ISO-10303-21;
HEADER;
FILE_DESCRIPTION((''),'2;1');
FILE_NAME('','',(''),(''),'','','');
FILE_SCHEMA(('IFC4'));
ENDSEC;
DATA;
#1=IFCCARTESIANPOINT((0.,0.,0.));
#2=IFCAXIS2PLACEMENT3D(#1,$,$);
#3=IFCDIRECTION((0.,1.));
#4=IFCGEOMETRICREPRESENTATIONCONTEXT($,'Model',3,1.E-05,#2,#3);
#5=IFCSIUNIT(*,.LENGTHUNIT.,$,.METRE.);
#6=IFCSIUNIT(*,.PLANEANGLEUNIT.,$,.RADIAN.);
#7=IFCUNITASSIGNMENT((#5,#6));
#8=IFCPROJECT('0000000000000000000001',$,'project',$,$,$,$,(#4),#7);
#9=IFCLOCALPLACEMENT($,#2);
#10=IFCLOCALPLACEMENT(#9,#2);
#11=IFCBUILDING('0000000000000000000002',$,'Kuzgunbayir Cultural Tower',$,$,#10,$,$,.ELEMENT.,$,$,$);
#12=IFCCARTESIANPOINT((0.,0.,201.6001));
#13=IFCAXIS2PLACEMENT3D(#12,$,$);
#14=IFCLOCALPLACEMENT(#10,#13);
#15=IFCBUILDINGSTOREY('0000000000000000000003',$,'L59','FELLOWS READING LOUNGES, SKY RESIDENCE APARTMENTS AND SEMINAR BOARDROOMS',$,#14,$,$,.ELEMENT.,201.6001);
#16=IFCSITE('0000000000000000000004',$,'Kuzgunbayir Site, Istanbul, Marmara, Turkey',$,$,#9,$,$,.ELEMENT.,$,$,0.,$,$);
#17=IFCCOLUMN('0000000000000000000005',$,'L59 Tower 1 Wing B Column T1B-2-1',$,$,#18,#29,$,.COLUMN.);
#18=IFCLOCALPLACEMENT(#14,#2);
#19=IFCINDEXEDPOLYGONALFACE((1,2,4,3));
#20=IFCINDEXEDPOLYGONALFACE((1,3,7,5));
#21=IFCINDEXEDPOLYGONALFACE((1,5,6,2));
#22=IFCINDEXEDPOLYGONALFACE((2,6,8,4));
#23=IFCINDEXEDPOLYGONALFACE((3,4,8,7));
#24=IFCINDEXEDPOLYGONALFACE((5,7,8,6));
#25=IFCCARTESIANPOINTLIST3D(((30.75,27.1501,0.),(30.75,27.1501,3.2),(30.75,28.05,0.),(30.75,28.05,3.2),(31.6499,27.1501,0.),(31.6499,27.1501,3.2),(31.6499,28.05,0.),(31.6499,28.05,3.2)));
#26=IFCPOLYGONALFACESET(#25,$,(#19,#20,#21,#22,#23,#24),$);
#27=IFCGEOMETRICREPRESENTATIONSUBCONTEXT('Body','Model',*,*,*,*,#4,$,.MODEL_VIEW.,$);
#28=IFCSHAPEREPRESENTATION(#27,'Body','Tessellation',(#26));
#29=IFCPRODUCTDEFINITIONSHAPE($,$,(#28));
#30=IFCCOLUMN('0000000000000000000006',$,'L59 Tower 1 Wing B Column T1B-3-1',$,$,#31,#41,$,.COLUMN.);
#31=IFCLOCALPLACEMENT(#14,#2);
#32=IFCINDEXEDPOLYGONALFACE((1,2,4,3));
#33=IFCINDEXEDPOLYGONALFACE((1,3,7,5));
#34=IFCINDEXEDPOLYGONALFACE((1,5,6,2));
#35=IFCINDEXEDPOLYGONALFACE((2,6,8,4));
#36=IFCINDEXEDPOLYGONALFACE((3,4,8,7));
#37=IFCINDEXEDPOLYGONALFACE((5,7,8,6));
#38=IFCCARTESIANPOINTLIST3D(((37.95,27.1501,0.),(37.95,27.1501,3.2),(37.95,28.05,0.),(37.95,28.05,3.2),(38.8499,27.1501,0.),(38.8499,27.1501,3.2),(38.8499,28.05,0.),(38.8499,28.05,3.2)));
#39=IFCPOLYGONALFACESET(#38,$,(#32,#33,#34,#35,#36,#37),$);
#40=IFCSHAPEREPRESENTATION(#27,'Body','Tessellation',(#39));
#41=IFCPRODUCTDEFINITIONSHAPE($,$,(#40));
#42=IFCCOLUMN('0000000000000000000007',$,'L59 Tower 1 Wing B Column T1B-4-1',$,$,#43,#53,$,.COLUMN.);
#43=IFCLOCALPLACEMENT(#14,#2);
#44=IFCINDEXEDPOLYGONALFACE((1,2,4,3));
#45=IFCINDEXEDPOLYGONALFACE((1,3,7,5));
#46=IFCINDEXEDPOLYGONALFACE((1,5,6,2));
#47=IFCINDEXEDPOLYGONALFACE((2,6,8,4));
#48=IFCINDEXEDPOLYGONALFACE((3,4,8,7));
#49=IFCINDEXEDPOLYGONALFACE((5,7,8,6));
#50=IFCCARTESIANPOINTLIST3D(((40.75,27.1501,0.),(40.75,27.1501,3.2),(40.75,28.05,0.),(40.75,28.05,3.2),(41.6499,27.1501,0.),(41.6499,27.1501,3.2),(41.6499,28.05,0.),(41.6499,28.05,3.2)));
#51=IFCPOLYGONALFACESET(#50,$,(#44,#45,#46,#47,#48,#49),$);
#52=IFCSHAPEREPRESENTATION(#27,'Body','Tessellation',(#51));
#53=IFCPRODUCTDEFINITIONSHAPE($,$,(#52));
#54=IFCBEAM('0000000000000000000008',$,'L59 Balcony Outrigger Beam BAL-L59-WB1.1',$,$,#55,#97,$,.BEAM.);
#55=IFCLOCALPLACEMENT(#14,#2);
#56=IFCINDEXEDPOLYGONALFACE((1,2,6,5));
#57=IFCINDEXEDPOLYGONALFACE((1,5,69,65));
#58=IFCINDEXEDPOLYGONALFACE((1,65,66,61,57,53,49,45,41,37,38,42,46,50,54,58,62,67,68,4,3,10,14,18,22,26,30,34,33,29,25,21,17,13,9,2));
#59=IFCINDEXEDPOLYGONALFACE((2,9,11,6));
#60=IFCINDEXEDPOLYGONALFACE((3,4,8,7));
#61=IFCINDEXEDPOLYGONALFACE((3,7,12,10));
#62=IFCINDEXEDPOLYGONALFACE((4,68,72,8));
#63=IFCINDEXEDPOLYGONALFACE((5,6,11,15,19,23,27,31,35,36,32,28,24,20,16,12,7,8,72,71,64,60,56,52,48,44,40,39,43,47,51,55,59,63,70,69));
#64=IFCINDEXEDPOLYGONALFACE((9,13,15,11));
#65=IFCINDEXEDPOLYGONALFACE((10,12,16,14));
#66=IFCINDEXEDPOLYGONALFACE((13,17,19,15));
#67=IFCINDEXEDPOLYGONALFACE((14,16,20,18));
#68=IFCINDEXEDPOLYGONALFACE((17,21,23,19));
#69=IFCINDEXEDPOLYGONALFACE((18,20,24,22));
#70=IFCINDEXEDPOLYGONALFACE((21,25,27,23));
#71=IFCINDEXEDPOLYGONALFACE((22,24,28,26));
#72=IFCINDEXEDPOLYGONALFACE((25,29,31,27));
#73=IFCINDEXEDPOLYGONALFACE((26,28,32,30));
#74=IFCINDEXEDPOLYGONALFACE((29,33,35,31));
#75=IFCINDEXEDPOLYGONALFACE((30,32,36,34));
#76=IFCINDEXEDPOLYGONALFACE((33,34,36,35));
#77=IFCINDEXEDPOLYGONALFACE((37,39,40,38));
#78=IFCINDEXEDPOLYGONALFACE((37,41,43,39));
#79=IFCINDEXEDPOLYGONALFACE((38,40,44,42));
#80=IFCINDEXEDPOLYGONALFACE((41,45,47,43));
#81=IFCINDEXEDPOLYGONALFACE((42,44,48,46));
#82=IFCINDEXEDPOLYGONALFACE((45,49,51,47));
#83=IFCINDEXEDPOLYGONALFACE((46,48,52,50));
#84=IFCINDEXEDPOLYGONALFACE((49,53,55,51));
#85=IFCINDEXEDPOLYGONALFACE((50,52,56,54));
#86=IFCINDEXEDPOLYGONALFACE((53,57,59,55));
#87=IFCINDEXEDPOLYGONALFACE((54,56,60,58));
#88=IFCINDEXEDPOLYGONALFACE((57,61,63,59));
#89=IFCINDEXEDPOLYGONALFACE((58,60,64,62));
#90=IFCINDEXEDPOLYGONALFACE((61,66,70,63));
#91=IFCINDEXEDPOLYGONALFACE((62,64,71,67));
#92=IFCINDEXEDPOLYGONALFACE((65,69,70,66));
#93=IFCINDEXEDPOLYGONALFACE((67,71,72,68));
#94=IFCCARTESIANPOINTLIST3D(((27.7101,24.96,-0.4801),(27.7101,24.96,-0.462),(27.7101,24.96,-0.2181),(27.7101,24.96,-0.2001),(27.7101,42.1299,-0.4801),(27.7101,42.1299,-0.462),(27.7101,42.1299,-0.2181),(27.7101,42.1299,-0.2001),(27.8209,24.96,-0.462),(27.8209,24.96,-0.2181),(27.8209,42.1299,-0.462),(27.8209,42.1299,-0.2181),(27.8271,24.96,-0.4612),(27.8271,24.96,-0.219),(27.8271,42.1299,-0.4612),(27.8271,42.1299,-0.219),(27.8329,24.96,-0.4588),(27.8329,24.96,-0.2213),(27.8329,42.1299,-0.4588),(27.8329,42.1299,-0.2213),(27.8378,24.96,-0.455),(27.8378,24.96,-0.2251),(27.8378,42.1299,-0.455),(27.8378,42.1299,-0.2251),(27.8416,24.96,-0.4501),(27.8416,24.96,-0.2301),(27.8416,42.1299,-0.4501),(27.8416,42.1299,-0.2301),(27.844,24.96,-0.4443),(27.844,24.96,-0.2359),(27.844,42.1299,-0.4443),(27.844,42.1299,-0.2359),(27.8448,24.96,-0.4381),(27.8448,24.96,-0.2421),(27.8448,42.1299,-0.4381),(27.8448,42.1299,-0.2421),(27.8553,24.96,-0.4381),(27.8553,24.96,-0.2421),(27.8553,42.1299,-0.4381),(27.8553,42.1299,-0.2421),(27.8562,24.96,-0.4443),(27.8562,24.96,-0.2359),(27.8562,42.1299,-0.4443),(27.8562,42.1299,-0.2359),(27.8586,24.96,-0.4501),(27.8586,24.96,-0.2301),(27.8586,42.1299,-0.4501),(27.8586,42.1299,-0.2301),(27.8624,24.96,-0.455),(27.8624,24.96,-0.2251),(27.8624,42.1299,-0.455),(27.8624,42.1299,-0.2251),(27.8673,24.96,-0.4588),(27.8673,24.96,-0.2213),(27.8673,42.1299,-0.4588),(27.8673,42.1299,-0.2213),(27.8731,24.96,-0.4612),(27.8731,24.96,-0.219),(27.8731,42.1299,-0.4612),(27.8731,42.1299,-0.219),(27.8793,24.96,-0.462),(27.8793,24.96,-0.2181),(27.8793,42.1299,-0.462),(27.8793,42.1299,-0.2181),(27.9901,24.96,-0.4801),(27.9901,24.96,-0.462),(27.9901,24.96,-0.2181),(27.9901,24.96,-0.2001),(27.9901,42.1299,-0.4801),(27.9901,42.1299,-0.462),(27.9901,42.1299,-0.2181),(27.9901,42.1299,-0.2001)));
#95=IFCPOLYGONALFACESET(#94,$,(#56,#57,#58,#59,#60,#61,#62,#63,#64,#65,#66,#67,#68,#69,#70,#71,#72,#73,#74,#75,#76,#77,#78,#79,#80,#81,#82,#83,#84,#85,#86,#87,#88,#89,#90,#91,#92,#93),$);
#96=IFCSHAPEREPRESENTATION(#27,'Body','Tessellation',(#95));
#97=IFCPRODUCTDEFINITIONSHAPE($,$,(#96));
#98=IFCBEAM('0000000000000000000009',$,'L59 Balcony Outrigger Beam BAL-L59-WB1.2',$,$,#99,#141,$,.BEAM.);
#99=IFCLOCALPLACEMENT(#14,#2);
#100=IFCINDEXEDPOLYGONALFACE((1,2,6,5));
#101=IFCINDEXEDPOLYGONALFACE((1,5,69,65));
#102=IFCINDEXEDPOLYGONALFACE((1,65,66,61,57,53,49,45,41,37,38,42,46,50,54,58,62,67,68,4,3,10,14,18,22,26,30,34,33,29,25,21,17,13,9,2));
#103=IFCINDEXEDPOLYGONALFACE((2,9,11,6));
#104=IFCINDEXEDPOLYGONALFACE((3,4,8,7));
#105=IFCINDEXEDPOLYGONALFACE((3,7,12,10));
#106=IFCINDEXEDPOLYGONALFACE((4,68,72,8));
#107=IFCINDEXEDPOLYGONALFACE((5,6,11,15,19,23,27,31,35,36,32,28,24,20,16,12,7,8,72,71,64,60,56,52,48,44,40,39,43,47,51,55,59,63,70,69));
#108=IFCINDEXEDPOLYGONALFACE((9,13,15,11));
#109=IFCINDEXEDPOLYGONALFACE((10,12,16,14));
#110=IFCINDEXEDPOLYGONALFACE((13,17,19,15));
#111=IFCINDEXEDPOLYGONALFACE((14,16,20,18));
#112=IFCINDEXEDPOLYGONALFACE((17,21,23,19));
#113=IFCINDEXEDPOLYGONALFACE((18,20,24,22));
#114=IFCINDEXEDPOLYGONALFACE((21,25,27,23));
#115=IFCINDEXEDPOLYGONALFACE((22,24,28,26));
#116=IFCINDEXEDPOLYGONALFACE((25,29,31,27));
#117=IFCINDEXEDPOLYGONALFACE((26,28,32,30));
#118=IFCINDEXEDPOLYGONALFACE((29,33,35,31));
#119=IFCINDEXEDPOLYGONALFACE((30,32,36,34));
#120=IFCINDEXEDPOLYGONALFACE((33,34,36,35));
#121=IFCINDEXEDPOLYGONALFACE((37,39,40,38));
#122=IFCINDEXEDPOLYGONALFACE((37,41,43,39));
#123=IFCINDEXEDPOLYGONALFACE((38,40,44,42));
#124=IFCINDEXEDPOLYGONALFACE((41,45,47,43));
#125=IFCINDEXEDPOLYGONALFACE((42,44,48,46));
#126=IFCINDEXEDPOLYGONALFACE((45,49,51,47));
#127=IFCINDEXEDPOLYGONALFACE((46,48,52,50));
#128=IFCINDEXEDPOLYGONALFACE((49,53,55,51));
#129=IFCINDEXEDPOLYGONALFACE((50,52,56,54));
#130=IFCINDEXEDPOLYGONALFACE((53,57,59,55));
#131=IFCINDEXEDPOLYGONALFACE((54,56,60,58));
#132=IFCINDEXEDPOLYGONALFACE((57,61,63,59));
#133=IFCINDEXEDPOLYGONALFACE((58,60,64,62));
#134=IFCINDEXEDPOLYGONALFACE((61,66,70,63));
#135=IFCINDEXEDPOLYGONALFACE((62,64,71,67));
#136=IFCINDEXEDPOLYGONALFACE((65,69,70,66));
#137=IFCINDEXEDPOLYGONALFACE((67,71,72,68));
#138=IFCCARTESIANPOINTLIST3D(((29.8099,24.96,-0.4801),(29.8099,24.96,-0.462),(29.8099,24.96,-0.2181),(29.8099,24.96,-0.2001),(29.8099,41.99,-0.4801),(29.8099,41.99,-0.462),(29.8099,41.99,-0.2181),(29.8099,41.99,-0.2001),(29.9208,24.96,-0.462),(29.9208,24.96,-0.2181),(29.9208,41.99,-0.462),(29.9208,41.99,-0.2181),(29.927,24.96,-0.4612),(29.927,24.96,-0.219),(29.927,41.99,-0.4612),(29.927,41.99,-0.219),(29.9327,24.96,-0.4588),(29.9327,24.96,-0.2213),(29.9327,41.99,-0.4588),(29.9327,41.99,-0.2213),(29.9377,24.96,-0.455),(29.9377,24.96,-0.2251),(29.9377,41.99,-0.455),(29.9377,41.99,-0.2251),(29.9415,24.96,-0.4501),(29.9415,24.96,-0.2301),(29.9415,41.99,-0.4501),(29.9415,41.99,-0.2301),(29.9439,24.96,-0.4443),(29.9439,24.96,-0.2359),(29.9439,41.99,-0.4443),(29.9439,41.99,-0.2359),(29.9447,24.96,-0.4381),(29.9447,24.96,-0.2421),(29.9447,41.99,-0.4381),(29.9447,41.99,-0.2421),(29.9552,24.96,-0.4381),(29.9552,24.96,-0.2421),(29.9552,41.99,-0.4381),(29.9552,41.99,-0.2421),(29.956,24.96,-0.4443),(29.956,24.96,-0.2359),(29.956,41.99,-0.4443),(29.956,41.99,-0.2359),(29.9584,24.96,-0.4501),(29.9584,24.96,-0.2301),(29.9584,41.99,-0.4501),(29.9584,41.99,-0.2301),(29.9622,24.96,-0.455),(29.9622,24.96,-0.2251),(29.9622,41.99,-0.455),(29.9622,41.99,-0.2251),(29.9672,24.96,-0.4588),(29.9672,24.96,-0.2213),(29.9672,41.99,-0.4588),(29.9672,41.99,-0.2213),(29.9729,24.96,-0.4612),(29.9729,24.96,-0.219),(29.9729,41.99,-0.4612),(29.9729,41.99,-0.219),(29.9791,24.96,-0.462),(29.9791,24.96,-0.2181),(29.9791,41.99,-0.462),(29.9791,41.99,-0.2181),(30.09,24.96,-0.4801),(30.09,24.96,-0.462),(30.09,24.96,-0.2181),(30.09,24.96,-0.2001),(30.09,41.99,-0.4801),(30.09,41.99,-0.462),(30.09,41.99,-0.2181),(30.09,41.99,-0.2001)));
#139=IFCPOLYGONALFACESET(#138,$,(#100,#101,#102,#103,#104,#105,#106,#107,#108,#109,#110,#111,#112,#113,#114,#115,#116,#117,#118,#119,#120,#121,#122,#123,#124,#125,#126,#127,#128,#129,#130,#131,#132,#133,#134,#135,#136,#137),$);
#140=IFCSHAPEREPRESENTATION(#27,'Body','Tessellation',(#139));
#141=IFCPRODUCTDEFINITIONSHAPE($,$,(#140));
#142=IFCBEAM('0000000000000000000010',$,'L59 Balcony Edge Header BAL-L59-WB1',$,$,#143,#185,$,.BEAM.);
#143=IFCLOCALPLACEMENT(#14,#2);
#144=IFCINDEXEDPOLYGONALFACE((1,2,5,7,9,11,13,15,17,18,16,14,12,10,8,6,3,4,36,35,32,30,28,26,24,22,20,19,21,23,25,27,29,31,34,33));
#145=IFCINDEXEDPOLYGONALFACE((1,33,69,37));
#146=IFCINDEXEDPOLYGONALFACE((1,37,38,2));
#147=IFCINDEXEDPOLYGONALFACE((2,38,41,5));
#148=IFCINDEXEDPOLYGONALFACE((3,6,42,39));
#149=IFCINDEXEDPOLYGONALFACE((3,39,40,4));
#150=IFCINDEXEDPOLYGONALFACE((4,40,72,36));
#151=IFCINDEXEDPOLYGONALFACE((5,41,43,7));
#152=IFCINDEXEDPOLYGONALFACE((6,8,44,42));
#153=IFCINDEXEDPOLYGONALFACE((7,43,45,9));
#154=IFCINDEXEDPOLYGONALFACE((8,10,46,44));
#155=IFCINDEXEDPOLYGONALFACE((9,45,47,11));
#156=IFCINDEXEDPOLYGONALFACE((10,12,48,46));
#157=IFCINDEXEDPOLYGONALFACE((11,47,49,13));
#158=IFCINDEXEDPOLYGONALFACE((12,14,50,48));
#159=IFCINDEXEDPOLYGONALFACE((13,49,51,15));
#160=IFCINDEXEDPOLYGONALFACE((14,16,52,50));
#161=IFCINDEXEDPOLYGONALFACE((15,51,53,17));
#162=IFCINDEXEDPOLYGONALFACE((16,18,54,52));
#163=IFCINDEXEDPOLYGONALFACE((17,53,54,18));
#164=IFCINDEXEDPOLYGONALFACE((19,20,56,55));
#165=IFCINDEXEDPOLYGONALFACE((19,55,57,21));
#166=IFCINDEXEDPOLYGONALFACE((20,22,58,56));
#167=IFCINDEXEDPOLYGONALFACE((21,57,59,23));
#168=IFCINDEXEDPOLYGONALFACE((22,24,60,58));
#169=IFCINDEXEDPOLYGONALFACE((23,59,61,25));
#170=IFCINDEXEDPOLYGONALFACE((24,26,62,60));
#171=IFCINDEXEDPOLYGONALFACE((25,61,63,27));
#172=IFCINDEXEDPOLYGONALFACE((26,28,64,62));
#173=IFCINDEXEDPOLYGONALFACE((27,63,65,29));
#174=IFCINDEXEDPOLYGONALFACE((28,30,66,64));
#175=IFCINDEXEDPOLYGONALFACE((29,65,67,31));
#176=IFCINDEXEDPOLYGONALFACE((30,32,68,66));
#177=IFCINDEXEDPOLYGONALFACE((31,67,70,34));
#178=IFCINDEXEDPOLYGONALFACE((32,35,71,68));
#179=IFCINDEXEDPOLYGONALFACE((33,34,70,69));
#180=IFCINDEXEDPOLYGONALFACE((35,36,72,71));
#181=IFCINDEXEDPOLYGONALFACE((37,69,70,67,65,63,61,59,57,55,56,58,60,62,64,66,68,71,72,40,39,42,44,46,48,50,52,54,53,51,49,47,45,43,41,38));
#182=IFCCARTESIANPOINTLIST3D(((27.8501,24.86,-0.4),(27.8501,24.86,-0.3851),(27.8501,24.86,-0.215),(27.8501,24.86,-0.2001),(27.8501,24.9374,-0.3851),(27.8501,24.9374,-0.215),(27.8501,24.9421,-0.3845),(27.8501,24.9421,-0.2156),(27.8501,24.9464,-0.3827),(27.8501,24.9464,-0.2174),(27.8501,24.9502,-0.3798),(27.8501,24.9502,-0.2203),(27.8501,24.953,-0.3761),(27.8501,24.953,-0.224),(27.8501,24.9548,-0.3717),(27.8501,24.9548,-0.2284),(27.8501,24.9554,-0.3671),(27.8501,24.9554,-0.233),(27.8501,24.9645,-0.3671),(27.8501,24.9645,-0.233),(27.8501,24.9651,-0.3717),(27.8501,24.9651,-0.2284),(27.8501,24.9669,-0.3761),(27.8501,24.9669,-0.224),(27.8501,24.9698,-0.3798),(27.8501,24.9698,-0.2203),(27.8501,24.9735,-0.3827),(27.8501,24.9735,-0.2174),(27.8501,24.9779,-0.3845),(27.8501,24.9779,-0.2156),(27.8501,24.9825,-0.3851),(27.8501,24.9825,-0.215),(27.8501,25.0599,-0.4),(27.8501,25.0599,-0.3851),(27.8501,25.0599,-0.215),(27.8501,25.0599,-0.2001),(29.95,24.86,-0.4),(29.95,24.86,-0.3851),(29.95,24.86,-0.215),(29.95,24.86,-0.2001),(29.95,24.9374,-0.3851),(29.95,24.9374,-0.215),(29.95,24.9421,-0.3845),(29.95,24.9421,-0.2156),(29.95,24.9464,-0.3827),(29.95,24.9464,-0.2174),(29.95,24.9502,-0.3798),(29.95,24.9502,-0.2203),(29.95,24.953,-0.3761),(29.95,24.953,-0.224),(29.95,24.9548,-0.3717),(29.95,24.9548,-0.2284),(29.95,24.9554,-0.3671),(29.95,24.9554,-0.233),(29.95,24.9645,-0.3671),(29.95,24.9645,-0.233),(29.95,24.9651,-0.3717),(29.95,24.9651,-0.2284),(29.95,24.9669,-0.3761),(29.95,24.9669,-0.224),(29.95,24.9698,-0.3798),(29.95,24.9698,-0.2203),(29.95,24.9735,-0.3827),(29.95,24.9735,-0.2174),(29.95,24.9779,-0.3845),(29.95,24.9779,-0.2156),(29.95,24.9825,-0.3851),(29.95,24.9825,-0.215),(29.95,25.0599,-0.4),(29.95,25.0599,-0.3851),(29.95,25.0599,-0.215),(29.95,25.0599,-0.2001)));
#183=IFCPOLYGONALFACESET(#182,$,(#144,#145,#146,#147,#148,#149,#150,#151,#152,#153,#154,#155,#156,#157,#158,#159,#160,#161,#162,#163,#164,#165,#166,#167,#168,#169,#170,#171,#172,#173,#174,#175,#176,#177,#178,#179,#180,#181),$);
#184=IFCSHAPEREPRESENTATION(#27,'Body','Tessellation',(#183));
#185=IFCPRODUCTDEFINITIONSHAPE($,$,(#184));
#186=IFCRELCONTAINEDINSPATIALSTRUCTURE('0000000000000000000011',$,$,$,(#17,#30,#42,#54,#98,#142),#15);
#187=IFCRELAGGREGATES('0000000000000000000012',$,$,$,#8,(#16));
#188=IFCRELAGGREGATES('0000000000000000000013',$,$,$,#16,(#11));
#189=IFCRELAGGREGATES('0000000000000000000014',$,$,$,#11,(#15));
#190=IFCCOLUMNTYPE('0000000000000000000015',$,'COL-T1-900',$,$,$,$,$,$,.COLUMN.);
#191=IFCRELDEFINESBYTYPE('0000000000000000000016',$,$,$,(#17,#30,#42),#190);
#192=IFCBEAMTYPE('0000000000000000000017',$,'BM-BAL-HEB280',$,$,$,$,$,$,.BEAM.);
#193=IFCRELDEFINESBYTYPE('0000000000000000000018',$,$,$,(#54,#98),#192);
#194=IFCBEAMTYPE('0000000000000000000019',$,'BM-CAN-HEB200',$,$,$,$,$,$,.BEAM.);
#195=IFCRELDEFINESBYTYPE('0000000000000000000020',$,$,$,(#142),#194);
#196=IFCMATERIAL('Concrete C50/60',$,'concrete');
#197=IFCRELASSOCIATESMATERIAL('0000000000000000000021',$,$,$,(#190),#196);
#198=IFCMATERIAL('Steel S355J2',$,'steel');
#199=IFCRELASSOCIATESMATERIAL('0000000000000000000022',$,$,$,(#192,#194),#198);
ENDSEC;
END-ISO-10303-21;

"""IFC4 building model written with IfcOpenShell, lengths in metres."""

from ifc_helpers import new_model, si_unit, direction, frame, origin, origin_2d, place, context, subcontext, project, spatial, rectangle, i_section, extrude, material, material_profile, profile_set, type_object, element, save


model = new_model("IFC4")

# Units and contexts
model_context = context("Model", 3, precision=1e-05, world=origin(), true_north=direction((0.0, 1.0)))
body_context = subcontext(model_context, "Body", "Model", "MODEL_VIEW")
ifc_project = project(units=[si_unit("LENGTHUNIT", "METRE"), si_unit("PLANEANGLEUNIT", "RADIAN")], contexts=[model_context])

# Site, building, storey
site_placement = place(None, origin())
site = spatial("IfcSite", under=ifc_project, at=site_placement, Name="Kuzgunbayir Site, Istanbul, Marmara, Turkey", CompositionType="ELEMENT", RefElevation=0.0)
building_placement = place(site_placement, origin())
building = spatial("IfcBuilding", under=site, at=building_placement, Name="Kuzgunbayir Cultural Tower", CompositionType="ELEMENT")
storey_placement = place(building_placement, frame((0.0, 0.0, 201.6001)))
storey = spatial("IfcBuildingStorey", under=building, at=storey_placement, Name="L59", Description="FELLOWS READING LOUNGES, SKY RESIDENCE APARTMENTS AND SEMINAR BOARDROOMS", CompositionType="ELEMENT", Elevation=201.6001)

# Columns
ifc_material_1 = material(Name="Concrete C50/60", Category="concrete")
ifc_material_profile_1 = material_profile(ifc_material_1, rectangle(XDim=0.8999, YDim=0.8999, at=origin_2d()), Name="RC 900x900")
ifc_profile_set_1 = profile_set([ifc_material_profile_1], Name="Concrete C50/60")
column_type = type_object("IfcColumnType", Name="COL-T1-900", PredefinedType="COLUMN", material=ifc_profile_set_1)
for number, where, z_axis, x_axis, name in (
    (1, (31.2, 27.6001, 0.0), (0.0, 0.0, 1.0), (1.0, 0.0, 0.0), "L59 Tower 1 Wing B Column T1B-2-1"),
    (2, (38.3999, 27.6001, 0.0), (0.0, 0.0, 1.0), (1.0, 0.0, 0.0), "L59 Tower 1 Wing B Column T1B-3-1"),
    (3, (41.2, 27.6001, 0.0), (0.0, 0.0, 1.0), (1.0, 0.0, 0.0), "L59 Tower 1 Wing B Column T1B-4-1"),
):
    element("IfcColumn", number, at=place(storey_placement, frame(where, z_axis=z_axis, x_axis=x_axis)), inside=storey, type_object=column_type, Name=name, PredefinedType="COLUMN", context=body_context, shape_type="SweptSolid", body=[
        extrude(rectangle(XDim=0.8999, YDim=0.8999, at=origin_2d()), origin(), (0.0, 0.0, 1.0), 3.2),
    ])

# Beams
ifc_material_2 = material(Name="Steel S355J2", Category="steel")
ifc_material_profile_2 = material_profile(ifc_material_2, i_section(OverallWidth=0.28, OverallDepth=0.28, WebThickness=0.0105, FlangeThickness=0.0181, FilletRadius=0.0239, at=origin_2d()), Name="HEB 280")
ifc_profile_set_2 = profile_set([ifc_material_profile_2], Name="Steel S355J2")
beam_type_1 = type_object("IfcBeamType", Name="BM-BAL-HEB280", PredefinedType="BEAM", material=ifc_profile_set_2)
beam_1_placement = place(storey_placement, frame((27.8501, 24.96, -0.3401), z_axis=(0.0, 1.0, 0.0), x_axis=(-1.0, 0.0, 0.0)))
element("IfcBeam", 4, at=beam_1_placement, inside=storey, type_object=beam_type_1, Name="L59 Balcony Outrigger Beam BAL-L59-WB1.1", PredefinedType="BEAM", context=body_context, shape_type="SweptSolid", body=[
    extrude(i_section(OverallWidth=0.28, OverallDepth=0.28, WebThickness=0.0105, FlangeThickness=0.0181, FilletRadius=0.0239, at=origin_2d()), origin(), (0.0, 0.0, 1.0), 17.1699),
])
beam_2_placement = place(storey_placement, frame((29.95, 24.96, -0.3401), z_axis=(0.0, 1.0, 0.0), x_axis=(-1.0, 0.0, 0.0)))
element("IfcBeam", 5, at=beam_2_placement, inside=storey, type_object=beam_type_1, Name="L59 Balcony Outrigger Beam BAL-L59-WB1.2", PredefinedType="BEAM", context=body_context, shape_type="SweptSolid", body=[
    extrude(i_section(OverallWidth=0.28, OverallDepth=0.28, WebThickness=0.0105, FlangeThickness=0.0181, FilletRadius=0.0239, at=origin_2d()), origin(), (0.0, 0.0, 1.0), 17.03),
])
ifc_material_profile_3 = material_profile(ifc_material_2, i_section(OverallWidth=0.2, OverallDepth=0.2, WebThickness=0.009, FlangeThickness=0.0149, FilletRadius=0.0181, at=origin_2d()), Name="HEB 200")
ifc_profile_set_3 = profile_set([ifc_material_profile_3], Name="Steel S355J2")
beam_type_2 = type_object("IfcBeamType", Name="BM-CAN-HEB200", PredefinedType="BEAM", material=ifc_profile_set_3)
beam_3_placement = place(storey_placement, frame((27.8501, 24.96, -0.3), z_axis=(1.0, 0.0, 0.0), x_axis=(0.0, 1.0, 0.0)))
element("IfcBeam", 6, at=beam_3_placement, inside=storey, type_object=beam_type_2, Name="L59 Balcony Edge Header BAL-L59-WB1", PredefinedType="BEAM", context=body_context, shape_type="SweptSolid", body=[
    extrude(i_section(OverallWidth=0.2, OverallDepth=0.2, WebThickness=0.009, FlangeThickness=0.0149, FilletRadius=0.0181, at=origin_2d()), origin(), (0.0, 0.0, 1.0), 2.0999),
])

save(model, "model.ifc")
